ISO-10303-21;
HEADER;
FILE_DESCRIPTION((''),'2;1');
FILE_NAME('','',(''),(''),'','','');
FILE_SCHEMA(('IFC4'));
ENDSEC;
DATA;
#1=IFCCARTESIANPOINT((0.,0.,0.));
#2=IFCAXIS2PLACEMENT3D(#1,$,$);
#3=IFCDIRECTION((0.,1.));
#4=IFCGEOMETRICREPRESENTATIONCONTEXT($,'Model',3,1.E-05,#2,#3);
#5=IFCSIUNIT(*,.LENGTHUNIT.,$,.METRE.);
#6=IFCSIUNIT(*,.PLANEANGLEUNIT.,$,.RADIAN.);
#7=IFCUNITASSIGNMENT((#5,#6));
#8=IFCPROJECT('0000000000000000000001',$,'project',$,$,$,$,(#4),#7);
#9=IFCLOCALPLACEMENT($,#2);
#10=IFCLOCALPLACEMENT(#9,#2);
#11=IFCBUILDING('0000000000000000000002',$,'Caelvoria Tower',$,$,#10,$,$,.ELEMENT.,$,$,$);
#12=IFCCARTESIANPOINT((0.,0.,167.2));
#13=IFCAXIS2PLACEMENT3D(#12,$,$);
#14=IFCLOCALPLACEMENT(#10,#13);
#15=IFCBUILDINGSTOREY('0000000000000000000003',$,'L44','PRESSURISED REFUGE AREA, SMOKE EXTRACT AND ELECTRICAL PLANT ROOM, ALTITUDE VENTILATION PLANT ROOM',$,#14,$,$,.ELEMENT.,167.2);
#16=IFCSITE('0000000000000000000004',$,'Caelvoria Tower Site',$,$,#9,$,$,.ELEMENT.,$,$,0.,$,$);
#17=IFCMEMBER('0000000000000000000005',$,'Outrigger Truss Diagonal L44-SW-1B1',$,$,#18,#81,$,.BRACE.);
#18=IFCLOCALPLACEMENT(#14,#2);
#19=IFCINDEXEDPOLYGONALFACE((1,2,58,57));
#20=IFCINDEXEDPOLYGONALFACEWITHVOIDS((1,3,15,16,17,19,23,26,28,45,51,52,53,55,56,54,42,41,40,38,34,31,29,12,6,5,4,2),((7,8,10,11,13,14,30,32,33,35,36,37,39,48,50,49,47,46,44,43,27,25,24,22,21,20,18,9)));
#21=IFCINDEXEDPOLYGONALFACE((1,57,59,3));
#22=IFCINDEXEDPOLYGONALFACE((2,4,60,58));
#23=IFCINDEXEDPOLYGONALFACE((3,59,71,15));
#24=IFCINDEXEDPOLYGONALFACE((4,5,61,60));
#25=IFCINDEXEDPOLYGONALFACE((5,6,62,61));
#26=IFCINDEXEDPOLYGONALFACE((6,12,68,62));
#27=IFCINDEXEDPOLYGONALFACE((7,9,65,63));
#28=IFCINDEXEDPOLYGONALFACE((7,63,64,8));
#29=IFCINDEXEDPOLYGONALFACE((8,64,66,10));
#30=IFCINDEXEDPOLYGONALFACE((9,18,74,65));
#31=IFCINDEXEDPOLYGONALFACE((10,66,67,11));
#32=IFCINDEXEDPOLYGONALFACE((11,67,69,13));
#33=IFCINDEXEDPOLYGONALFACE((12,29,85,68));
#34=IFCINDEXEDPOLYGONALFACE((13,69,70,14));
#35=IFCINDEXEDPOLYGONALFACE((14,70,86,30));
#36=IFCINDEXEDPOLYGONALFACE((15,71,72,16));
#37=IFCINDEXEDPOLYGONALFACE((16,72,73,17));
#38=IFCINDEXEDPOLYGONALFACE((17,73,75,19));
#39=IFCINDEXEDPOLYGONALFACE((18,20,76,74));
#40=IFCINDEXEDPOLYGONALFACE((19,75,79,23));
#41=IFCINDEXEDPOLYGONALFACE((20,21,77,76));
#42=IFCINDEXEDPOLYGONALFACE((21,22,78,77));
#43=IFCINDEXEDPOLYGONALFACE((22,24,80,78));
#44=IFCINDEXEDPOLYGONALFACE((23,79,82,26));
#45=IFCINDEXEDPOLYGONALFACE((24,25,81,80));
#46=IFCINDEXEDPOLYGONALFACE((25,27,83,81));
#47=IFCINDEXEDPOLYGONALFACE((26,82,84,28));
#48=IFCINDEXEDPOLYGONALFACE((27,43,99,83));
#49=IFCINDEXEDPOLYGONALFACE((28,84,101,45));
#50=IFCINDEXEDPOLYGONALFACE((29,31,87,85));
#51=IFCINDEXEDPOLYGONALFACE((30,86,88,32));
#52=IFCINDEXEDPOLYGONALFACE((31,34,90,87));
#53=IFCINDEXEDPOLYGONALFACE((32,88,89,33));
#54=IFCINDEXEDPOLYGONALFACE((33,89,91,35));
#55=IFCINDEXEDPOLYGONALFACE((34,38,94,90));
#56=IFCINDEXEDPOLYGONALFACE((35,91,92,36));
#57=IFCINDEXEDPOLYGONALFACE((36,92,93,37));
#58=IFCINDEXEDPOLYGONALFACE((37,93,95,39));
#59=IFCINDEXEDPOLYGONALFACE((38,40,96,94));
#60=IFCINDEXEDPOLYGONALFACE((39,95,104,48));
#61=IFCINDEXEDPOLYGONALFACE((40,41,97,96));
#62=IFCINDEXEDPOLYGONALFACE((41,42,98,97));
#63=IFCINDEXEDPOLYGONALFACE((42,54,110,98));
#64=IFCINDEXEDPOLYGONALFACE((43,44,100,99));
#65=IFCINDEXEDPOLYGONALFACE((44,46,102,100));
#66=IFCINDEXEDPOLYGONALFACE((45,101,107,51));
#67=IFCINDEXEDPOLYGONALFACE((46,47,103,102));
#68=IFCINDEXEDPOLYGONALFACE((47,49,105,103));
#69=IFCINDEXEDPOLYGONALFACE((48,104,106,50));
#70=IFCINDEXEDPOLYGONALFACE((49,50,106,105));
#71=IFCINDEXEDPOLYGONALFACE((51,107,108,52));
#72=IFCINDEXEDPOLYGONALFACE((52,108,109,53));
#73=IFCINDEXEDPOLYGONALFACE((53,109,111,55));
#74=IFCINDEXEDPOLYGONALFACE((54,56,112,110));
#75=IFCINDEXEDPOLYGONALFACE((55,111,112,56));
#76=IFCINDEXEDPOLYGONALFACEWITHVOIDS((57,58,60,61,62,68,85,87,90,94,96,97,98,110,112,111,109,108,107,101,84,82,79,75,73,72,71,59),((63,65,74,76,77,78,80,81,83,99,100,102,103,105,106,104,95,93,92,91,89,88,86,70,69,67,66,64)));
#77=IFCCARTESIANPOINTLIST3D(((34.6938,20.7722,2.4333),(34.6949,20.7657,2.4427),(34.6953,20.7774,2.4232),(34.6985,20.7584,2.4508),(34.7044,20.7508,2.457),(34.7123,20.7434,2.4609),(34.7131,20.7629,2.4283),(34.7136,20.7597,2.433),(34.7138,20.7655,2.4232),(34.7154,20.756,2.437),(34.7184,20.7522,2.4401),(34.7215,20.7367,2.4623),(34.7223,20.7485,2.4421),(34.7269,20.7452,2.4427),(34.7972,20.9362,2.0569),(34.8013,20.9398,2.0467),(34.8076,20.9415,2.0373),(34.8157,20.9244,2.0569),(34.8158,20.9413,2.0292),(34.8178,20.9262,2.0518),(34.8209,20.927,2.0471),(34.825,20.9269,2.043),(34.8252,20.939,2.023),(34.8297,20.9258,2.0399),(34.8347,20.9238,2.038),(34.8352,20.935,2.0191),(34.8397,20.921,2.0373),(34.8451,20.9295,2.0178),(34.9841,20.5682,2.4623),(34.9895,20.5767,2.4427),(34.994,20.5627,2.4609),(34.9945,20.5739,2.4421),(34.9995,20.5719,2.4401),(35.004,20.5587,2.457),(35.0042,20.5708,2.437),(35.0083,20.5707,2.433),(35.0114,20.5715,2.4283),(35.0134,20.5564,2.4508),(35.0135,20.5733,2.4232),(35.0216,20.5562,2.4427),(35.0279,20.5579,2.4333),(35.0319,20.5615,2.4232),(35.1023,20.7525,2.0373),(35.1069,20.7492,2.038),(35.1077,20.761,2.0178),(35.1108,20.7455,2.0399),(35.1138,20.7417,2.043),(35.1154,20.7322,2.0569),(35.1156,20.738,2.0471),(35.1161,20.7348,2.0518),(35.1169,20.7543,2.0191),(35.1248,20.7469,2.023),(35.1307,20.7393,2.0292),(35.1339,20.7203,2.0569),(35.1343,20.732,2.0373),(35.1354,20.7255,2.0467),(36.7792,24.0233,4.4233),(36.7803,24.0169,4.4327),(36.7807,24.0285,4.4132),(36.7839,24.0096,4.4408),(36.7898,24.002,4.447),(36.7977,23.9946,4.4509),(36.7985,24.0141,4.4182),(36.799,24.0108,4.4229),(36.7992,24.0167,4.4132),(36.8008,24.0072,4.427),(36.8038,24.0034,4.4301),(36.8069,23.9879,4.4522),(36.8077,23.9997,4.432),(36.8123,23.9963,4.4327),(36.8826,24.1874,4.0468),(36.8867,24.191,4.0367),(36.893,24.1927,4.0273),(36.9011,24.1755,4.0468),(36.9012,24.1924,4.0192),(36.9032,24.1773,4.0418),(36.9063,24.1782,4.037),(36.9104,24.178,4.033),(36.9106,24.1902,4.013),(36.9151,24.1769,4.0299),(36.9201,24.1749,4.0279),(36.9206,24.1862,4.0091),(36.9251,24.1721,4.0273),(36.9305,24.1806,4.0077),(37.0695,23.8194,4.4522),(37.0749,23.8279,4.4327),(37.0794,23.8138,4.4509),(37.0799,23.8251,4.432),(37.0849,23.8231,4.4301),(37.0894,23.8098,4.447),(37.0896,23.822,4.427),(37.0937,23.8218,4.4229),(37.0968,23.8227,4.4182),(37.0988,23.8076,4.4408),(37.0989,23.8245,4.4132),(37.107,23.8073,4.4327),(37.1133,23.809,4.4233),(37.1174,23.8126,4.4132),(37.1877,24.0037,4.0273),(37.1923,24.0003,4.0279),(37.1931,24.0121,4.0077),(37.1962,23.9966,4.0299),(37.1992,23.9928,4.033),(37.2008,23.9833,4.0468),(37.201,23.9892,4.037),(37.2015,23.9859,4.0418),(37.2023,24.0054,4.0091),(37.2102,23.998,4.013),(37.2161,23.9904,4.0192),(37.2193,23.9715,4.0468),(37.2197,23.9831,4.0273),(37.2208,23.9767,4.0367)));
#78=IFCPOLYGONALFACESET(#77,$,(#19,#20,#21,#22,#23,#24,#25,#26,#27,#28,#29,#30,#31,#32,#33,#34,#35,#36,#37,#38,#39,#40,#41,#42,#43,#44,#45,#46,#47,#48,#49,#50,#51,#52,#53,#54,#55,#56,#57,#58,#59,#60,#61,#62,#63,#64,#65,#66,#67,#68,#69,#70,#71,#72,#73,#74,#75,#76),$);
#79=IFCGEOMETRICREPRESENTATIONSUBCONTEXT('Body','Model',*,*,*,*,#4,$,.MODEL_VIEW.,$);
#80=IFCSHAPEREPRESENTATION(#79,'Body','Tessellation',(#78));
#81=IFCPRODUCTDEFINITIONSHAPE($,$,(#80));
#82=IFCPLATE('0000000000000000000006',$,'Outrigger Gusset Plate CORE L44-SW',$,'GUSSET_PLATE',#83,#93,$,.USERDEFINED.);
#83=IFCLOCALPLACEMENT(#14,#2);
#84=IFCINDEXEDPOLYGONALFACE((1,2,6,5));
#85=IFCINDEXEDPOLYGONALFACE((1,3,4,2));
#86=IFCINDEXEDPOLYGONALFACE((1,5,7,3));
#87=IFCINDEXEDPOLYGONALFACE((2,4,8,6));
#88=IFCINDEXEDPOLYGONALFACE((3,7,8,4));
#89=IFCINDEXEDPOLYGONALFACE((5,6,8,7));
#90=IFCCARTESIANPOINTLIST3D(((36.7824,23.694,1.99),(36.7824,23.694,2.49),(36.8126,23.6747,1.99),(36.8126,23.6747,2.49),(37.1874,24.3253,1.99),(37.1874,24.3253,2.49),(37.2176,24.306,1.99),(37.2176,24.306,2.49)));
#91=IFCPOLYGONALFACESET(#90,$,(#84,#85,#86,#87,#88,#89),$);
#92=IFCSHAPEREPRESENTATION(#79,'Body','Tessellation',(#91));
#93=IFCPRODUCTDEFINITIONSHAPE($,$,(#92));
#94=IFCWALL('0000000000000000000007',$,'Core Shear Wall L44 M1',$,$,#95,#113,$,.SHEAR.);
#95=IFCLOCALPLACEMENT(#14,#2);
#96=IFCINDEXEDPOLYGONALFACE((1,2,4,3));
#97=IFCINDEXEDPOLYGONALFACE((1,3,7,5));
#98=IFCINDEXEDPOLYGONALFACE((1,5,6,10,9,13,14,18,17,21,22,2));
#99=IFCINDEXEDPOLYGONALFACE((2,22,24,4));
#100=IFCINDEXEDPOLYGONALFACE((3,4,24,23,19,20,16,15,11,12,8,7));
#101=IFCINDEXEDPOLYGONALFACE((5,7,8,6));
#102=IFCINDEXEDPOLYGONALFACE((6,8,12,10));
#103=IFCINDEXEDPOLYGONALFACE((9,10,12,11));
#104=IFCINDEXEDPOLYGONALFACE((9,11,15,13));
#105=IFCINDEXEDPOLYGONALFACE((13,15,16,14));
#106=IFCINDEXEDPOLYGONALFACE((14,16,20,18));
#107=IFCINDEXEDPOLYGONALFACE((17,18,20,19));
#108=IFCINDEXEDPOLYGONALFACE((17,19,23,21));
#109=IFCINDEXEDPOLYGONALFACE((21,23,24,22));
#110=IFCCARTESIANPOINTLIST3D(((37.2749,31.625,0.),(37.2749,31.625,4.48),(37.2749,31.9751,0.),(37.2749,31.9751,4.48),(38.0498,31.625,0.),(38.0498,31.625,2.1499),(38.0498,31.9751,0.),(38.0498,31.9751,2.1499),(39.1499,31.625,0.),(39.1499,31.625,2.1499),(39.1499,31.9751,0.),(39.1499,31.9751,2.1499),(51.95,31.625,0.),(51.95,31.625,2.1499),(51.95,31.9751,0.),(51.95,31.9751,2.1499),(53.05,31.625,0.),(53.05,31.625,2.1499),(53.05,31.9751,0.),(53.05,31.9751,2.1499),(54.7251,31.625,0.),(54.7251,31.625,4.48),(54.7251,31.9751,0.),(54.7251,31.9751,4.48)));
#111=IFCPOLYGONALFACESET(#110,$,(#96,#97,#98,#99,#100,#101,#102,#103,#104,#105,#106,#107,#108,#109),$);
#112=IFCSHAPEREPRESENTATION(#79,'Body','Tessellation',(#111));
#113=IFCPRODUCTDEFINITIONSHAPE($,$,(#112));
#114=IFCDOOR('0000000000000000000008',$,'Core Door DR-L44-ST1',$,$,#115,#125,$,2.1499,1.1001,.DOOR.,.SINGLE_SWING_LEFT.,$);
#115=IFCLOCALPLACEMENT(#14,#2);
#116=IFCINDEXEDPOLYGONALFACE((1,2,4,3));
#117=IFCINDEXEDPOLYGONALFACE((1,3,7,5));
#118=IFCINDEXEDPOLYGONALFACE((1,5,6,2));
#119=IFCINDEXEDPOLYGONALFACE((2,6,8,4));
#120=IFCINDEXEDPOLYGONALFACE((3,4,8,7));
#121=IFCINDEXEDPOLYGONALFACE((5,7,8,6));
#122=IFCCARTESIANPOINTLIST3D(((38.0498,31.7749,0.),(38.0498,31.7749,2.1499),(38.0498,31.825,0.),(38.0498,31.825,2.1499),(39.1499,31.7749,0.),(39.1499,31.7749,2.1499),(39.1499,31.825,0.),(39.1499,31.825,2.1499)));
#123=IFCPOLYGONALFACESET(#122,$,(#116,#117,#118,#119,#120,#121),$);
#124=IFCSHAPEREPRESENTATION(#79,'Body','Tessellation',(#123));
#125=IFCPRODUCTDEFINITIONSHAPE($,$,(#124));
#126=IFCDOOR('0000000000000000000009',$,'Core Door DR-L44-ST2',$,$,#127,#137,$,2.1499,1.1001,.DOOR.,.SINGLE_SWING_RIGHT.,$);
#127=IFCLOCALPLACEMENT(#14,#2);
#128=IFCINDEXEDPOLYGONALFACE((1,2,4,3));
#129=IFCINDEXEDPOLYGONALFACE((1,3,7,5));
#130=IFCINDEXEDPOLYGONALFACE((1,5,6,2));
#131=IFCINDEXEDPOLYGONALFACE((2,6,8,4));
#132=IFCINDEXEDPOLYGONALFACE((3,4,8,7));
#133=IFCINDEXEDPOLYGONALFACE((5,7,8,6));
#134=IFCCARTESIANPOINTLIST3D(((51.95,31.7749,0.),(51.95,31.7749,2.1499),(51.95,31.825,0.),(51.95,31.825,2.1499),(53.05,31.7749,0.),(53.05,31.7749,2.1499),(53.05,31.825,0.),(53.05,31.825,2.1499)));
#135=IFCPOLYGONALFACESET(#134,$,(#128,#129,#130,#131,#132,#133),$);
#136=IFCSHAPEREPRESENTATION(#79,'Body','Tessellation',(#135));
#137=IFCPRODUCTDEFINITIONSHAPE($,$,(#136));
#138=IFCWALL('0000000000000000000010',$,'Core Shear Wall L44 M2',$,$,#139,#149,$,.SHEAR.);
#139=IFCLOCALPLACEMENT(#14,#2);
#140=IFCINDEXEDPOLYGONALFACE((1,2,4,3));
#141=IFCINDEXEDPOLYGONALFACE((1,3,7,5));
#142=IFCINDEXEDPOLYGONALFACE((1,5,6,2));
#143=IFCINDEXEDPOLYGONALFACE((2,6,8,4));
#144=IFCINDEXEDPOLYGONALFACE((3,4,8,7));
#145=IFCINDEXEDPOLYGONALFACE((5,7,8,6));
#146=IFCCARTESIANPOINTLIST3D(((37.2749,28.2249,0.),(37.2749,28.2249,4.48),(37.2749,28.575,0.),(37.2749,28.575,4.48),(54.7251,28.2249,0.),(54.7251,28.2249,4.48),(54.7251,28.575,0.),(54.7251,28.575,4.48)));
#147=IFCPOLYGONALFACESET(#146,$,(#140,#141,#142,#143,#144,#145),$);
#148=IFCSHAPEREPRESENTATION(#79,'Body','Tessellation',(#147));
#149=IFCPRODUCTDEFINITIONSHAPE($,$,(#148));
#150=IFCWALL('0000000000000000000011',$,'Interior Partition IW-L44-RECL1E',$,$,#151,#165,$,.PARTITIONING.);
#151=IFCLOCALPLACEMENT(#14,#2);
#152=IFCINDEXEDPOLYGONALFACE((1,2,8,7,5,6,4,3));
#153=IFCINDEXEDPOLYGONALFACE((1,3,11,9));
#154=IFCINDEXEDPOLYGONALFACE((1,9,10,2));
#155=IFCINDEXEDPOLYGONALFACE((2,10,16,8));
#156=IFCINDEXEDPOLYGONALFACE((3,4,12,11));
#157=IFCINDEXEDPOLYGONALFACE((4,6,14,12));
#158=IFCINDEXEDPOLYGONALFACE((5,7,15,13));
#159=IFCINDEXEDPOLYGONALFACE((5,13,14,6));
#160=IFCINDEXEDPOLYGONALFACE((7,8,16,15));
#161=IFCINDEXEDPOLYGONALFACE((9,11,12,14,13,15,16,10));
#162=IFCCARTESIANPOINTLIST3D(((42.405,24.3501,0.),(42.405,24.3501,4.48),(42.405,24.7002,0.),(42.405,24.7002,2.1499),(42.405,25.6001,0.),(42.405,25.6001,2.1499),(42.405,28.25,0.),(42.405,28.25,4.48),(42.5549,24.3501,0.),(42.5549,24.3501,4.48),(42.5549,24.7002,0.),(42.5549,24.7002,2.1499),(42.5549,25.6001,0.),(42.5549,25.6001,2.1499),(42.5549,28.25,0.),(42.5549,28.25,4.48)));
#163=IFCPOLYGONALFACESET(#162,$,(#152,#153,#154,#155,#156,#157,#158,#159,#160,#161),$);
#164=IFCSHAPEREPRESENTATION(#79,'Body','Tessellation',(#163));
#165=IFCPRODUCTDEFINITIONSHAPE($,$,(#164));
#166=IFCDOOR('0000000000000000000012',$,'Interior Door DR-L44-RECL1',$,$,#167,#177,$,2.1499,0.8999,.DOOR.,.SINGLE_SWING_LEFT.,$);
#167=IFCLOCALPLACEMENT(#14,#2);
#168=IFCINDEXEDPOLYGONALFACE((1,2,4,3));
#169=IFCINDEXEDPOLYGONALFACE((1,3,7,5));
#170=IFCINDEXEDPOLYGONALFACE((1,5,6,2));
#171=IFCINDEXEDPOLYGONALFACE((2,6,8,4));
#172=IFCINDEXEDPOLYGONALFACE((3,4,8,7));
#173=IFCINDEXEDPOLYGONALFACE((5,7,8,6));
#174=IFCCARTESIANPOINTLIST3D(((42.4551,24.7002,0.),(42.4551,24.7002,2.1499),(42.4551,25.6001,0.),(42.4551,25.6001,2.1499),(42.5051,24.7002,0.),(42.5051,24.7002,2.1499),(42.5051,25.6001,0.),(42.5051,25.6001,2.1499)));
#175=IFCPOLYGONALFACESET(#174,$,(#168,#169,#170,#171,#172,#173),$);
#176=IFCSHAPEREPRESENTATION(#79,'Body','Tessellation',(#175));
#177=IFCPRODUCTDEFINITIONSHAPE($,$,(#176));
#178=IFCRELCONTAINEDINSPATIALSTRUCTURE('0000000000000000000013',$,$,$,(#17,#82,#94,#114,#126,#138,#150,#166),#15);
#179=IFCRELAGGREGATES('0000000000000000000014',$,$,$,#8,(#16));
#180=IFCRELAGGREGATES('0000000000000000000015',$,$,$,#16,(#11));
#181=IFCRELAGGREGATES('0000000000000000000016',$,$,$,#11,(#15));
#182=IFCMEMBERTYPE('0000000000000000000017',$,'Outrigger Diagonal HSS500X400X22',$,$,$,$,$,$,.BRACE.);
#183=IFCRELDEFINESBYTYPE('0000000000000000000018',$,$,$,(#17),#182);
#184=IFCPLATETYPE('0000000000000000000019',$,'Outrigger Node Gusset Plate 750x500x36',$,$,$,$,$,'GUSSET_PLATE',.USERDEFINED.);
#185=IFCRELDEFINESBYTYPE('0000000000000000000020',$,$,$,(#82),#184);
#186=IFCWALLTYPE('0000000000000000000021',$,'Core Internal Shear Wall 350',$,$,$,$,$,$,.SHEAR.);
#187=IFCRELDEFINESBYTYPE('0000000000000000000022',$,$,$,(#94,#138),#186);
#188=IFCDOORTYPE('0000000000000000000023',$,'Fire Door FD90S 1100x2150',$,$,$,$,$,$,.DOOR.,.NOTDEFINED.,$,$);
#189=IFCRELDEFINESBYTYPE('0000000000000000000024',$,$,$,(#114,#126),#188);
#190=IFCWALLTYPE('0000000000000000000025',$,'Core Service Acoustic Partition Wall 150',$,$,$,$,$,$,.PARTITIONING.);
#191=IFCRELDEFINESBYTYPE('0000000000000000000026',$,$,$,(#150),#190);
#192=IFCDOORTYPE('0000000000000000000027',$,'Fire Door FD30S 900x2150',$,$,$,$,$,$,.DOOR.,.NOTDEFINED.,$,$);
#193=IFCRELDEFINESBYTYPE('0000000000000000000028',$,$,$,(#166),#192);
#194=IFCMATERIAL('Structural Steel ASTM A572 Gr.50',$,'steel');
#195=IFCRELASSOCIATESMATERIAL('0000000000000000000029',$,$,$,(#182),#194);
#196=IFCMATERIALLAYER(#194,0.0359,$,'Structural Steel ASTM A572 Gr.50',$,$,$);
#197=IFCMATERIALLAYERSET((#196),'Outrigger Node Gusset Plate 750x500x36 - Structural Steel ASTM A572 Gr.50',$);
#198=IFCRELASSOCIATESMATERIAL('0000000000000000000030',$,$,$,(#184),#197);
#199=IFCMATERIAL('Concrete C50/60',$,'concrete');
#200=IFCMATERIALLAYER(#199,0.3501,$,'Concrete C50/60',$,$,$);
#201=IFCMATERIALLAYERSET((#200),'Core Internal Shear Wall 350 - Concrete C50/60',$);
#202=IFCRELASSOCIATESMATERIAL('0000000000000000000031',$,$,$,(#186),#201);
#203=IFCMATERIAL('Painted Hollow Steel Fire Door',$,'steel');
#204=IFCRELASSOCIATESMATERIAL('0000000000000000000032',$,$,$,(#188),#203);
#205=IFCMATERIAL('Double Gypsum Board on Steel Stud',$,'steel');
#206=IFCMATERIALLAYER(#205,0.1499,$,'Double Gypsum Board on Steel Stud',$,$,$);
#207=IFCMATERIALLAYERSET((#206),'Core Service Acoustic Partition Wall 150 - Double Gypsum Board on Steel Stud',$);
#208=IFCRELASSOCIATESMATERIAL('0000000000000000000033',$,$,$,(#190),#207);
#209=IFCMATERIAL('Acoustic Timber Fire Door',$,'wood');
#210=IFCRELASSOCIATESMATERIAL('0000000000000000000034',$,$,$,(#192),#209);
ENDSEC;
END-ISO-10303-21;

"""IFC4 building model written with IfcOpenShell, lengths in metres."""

from ifc_helpers import new_model, si_unit, direction, frame, frame_2d, origin, origin_2d, place, context, subcontext, project, spatial, rectangle, hollow_rectangle, extrude, material, layer, layer_set, material_profile, profile_set, type_object, element, fill, save


model = new_model("IFC4")

# Units and contexts
model_context = context("Model", 3, precision=1e-05, world=origin(), true_north=direction((0.0, 1.0)))
body_context = subcontext(model_context, "Body", "Model", "MODEL_VIEW")
ifc_project = project(units=[si_unit("LENGTHUNIT", "METRE"), si_unit("PLANEANGLEUNIT", "RADIAN")], contexts=[model_context])

# Site, building, storey
site_placement = place(None, origin())
site = spatial("IfcSite", under=ifc_project, at=site_placement, Name="Caelvoria Tower Site", CompositionType="ELEMENT", RefElevation=0.0)
building_placement = place(site_placement, origin())
building = spatial("IfcBuilding", under=site, at=building_placement, Name="Caelvoria Tower", CompositionType="ELEMENT")
storey_placement = place(building_placement, frame((0.0, 0.0, 167.2)))
storey = spatial("IfcBuildingStorey", under=building, at=storey_placement, Name="L44", Description="PRESSURISED REFUGE AREA, SMOKE EXTRACT AND ELECTRICAL PLANT ROOM, ALTITUDE VENTILATION PLANT ROOM", CompositionType="ELEMENT", Elevation=167.2)

# Member
ifc_material_1 = material(Name="Structural Steel ASTM A572 Gr.50", Category="steel")
ifc_material_profile = material_profile(ifc_material_1, hollow_rectangle(XDim=0.3999, YDim=0.5, WallThickness=0.022, InnerFilletRadius=0.022, OuterFilletRadius=0.0439, at=origin_2d()), Name="Structural Steel ASTM A572 Gr.50")
ifc_profile_set = profile_set([ifc_material_profile], Name="HSS500X400X22 - Structural Steel ASTM A572 Gr.50")
member_type = type_object("IfcMemberType", Name="Outrigger Diagonal HSS500X400X22", PredefinedType="BRACE", material=ifc_profile_set)
member_placement = place(storey_placement, frame((37.0, 24.0, 4.23), z_axis=(-0.479958, -0.748256, -0.457989), x_axis=(0.841722, -0.539911, 0.0)))
element("IfcMember", 1, at=member_placement, inside=storey, type_object=member_type, Name="Outrigger Truss Diagonal L44-SW-1B1", PredefinedType="BRACE", context=body_context, shape_type="SweptSolid", body=[
    extrude(hollow_rectangle(XDim=0.3999, YDim=0.5, WallThickness=0.022, InnerFilletRadius=0.022, OuterFilletRadius=0.0439, at=origin_2d()), origin(), (0.0, 0.0, 1.0), 4.345),
])

# Plate
ifc_layer_1 = layer(ifc_material_1, 0.0359, Name="Structural Steel ASTM A572 Gr.50")
ifc_layer_set_1 = layer_set([ifc_layer_1], Name="Outrigger Node Gusset Plate 750x500x36 - Structural Steel ASTM A572 Gr.50")
plate_type = type_object("IfcPlateType", Name="Outrigger Node Gusset Plate 750x500x36", ElementType="GUSSET_PLATE", PredefinedType="USERDEFINED", material=ifc_layer_set_1)
plate_placement = place(storey_placement, frame((37.0, 24.0, 1.99), z_axis=(0.0, 0.0, 1.0), x_axis=(-0.539904, -0.841727, 0.0)))
element("IfcPlate", 2, at=plate_placement, inside=storey, type_object=plate_type, Name="Outrigger Gusset Plate CORE L44-SW", ObjectType="GUSSET_PLATE", PredefinedType="USERDEFINED", context=body_context, shape_type="SweptSolid", body=[
    extrude(rectangle(XDim=0.75, YDim=0.0359, at=origin_2d()), origin(), (0.0, 0.0, 1.0), 0.5),
])

# Wall, openings, doors
ifc_material_2 = material(Name="Concrete C50/60", Category="concrete")
ifc_layer_2 = layer(ifc_material_2, 0.3501, Name="Concrete C50/60")
ifc_layer_set_2 = layer_set([ifc_layer_2], Name="Core Internal Shear Wall 350 - Concrete C50/60")
wall_type_1 = type_object("IfcWallType", Name="Core Internal Shear Wall 350", PredefinedType="SHEAR", material=ifc_layer_set_2)
wall_1_placement = place(storey_placement, frame((37.2749, 31.8, 0.0), z_axis=(0.0, 0.0, 1.0), x_axis=(1.0, 0.0, 0.0)))
wall_1 = element("IfcWall", 3, at=wall_1_placement, inside=storey, type_object=wall_type_1, Name="Core Shear Wall L44 M1", PredefinedType="SHEAR", context=body_context, shape_type="SweptSolid", body=[
    extrude(rectangle(XDim=17.4502, YDim=0.3501, at=frame_2d((8.7251, 0.0))), origin(), (0.0, 0.0, 1.0), 4.48),
])
opening_1_placement = place(wall_1_placement, frame((0.7749, 0.0, 0.0)))
opening_1 = element("IfcOpeningElement", 4, at=opening_1_placement, cuts=wall_1, PredefinedType="OPENING", context=body_context, shape_type="SweptSolid", body=[
    extrude(rectangle(XDim=1.1001, YDim=2.1499, at=frame_2d((0.55, 1.075))), frame((0.0, 0.1851, 0.0), z_axis=(0.0, -1.0, 0.0), x_axis=(1.0, 0.0, 0.0)), (0.0, 0.0, 1.0), 0.3701),
])
opening_2_placement = place(wall_1_placement, frame((14.675, 0.0, 0.0)))
opening_2 = element("IfcOpeningElement", 5, at=opening_2_placement, cuts=wall_1, PredefinedType="OPENING", context=body_context, shape_type="SweptSolid", body=[
    extrude(rectangle(XDim=1.1001, YDim=2.1499, at=frame_2d((0.55, 1.075))), frame((0.0, 0.1851, 0.0), z_axis=(0.0, -1.0, 0.0), x_axis=(1.0, 0.0, 0.0)), (0.0, 0.0, 1.0), 0.3701),
])
ifc_material_3 = material(Name="Painted Hollow Steel Fire Door", Category="steel")
door_type_1 = type_object("IfcDoorType", Name="Fire Door FD90S 1100x2150", OperationType="NOTDEFINED", PredefinedType="DOOR", material=ifc_material_3)
door_1_placement = place(opening_1_placement, origin())
door_1 = element("IfcDoor", 6, at=door_1_placement, inside=storey, type_object=door_type_1, Name="Core Door DR-L44-ST1", OperationType="SINGLE_SWING_LEFT", OverallHeight=2.1499, OverallWidth=1.1001, PredefinedType="DOOR", context=body_context, shape_type="SweptSolid", body=[
    extrude(rectangle(XDim=1.1001, YDim=2.1499, at=frame_2d((0.55, 1.075))), frame((0.0, 0.0249, 0.0), z_axis=(0.0, -1.0, 0.0), x_axis=(1.0, 0.0, 0.0)), (0.0, 0.0, 1.0), 0.05),
])
fill(opening_1, door_1)
door_2_placement = place(opening_2_placement, origin())
door_2 = element("IfcDoor", 7, at=door_2_placement, inside=storey, type_object=door_type_1, Name="Core Door DR-L44-ST2", OperationType="SINGLE_SWING_RIGHT", OverallHeight=2.1499, OverallWidth=1.1001, PredefinedType="DOOR", context=body_context, shape_type="SweptSolid", body=[
    extrude(rectangle(XDim=1.1001, YDim=2.1499, at=frame_2d((0.55, 1.075))), frame((0.0, 0.0249, 0.0), z_axis=(0.0, -1.0, 0.0), x_axis=(1.0, 0.0, 0.0)), (0.0, 0.0, 1.0), 0.05),
])
fill(opening_2, door_2)

# Wall
wall_2_placement = place(storey_placement, frame((37.2749, 28.3999, 0.0), z_axis=(0.0, 0.0, 1.0), x_axis=(1.0, 0.0, 0.0)))
element("IfcWall", 8, at=wall_2_placement, inside=storey, type_object=wall_type_1, Name="Core Shear Wall L44 M2", PredefinedType="SHEAR", context=body_context, shape_type="SweptSolid", body=[
    extrude(rectangle(XDim=17.4502, YDim=0.3501, at=frame_2d((8.7251, 0.0))), origin(), (0.0, 0.0, 1.0), 4.48),
])

# Wall, opening, door
ifc_material_4 = material(Name="Double Gypsum Board on Steel Stud", Category="steel")
ifc_layer_3 = layer(ifc_material_4, 0.1499, Name="Double Gypsum Board on Steel Stud")
ifc_layer_set_3 = layer_set([ifc_layer_3], Name="Core Service Acoustic Partition Wall 150 - Double Gypsum Board on Steel Stud")
wall_type_2 = type_object("IfcWallType", Name="Core Service Acoustic Partition Wall 150", PredefinedType="PARTITIONING", material=ifc_layer_set_3)
wall_3_placement = place(storey_placement, frame((42.48, 24.3501, 0.0), z_axis=(0.0, 0.0, 1.0), x_axis=(0.0, 1.0, 0.0)))
wall_3 = element("IfcWall", 9, at=wall_3_placement, inside=storey, type_object=wall_type_2, Name="Interior Partition IW-L44-RECL1E", PredefinedType="PARTITIONING", context=body_context, shape_type="SweptSolid", body=[
    extrude(rectangle(XDim=3.8999, YDim=0.1499, at=frame_2d((1.95, 0.0))), origin(), (0.0, 0.0, 1.0), 4.48),
])
opening_3_placement = place(wall_3_placement, frame((0.3501, 0.0, 0.0)))
opening_3 = element("IfcOpeningElement", 10, at=opening_3_placement, cuts=wall_3, PredefinedType="OPENING", context=body_context, shape_type="SweptSolid", body=[
    extrude(rectangle(XDim=0.8999, YDim=2.1499, at=frame_2d((0.45, 1.075))), frame((0.0, 0.085, 0.0), z_axis=(0.0, -1.0, 0.0), x_axis=(1.0, 0.0, 0.0)), (0.0, 0.0, 1.0), 0.1699),
])
ifc_material_5 = material(Name="Acoustic Timber Fire Door", Category="wood")
door_type_2 = type_object("IfcDoorType", Name="Fire Door FD30S 900x2150", OperationType="NOTDEFINED", PredefinedType="DOOR", material=ifc_material_5)
door_3_placement = place(opening_3_placement, origin())
door_3 = element("IfcDoor", 11, at=door_3_placement, inside=storey, type_object=door_type_2, Name="Interior Door DR-L44-RECL1", OperationType="SINGLE_SWING_LEFT", OverallHeight=2.1499, OverallWidth=0.8999, PredefinedType="DOOR", context=body_context, shape_type="SweptSolid", body=[
    extrude(rectangle(XDim=0.8999, YDim=2.1499, at=frame_2d((0.45, 1.075))), frame((0.0, 0.0249, 0.0), z_axis=(0.0, -1.0, 0.0), x_axis=(1.0, 0.0, 0.0)), (0.0, 0.0, 1.0), 0.05),
])
fill(opening_3, door_3)

save(model, "model.ifc")
